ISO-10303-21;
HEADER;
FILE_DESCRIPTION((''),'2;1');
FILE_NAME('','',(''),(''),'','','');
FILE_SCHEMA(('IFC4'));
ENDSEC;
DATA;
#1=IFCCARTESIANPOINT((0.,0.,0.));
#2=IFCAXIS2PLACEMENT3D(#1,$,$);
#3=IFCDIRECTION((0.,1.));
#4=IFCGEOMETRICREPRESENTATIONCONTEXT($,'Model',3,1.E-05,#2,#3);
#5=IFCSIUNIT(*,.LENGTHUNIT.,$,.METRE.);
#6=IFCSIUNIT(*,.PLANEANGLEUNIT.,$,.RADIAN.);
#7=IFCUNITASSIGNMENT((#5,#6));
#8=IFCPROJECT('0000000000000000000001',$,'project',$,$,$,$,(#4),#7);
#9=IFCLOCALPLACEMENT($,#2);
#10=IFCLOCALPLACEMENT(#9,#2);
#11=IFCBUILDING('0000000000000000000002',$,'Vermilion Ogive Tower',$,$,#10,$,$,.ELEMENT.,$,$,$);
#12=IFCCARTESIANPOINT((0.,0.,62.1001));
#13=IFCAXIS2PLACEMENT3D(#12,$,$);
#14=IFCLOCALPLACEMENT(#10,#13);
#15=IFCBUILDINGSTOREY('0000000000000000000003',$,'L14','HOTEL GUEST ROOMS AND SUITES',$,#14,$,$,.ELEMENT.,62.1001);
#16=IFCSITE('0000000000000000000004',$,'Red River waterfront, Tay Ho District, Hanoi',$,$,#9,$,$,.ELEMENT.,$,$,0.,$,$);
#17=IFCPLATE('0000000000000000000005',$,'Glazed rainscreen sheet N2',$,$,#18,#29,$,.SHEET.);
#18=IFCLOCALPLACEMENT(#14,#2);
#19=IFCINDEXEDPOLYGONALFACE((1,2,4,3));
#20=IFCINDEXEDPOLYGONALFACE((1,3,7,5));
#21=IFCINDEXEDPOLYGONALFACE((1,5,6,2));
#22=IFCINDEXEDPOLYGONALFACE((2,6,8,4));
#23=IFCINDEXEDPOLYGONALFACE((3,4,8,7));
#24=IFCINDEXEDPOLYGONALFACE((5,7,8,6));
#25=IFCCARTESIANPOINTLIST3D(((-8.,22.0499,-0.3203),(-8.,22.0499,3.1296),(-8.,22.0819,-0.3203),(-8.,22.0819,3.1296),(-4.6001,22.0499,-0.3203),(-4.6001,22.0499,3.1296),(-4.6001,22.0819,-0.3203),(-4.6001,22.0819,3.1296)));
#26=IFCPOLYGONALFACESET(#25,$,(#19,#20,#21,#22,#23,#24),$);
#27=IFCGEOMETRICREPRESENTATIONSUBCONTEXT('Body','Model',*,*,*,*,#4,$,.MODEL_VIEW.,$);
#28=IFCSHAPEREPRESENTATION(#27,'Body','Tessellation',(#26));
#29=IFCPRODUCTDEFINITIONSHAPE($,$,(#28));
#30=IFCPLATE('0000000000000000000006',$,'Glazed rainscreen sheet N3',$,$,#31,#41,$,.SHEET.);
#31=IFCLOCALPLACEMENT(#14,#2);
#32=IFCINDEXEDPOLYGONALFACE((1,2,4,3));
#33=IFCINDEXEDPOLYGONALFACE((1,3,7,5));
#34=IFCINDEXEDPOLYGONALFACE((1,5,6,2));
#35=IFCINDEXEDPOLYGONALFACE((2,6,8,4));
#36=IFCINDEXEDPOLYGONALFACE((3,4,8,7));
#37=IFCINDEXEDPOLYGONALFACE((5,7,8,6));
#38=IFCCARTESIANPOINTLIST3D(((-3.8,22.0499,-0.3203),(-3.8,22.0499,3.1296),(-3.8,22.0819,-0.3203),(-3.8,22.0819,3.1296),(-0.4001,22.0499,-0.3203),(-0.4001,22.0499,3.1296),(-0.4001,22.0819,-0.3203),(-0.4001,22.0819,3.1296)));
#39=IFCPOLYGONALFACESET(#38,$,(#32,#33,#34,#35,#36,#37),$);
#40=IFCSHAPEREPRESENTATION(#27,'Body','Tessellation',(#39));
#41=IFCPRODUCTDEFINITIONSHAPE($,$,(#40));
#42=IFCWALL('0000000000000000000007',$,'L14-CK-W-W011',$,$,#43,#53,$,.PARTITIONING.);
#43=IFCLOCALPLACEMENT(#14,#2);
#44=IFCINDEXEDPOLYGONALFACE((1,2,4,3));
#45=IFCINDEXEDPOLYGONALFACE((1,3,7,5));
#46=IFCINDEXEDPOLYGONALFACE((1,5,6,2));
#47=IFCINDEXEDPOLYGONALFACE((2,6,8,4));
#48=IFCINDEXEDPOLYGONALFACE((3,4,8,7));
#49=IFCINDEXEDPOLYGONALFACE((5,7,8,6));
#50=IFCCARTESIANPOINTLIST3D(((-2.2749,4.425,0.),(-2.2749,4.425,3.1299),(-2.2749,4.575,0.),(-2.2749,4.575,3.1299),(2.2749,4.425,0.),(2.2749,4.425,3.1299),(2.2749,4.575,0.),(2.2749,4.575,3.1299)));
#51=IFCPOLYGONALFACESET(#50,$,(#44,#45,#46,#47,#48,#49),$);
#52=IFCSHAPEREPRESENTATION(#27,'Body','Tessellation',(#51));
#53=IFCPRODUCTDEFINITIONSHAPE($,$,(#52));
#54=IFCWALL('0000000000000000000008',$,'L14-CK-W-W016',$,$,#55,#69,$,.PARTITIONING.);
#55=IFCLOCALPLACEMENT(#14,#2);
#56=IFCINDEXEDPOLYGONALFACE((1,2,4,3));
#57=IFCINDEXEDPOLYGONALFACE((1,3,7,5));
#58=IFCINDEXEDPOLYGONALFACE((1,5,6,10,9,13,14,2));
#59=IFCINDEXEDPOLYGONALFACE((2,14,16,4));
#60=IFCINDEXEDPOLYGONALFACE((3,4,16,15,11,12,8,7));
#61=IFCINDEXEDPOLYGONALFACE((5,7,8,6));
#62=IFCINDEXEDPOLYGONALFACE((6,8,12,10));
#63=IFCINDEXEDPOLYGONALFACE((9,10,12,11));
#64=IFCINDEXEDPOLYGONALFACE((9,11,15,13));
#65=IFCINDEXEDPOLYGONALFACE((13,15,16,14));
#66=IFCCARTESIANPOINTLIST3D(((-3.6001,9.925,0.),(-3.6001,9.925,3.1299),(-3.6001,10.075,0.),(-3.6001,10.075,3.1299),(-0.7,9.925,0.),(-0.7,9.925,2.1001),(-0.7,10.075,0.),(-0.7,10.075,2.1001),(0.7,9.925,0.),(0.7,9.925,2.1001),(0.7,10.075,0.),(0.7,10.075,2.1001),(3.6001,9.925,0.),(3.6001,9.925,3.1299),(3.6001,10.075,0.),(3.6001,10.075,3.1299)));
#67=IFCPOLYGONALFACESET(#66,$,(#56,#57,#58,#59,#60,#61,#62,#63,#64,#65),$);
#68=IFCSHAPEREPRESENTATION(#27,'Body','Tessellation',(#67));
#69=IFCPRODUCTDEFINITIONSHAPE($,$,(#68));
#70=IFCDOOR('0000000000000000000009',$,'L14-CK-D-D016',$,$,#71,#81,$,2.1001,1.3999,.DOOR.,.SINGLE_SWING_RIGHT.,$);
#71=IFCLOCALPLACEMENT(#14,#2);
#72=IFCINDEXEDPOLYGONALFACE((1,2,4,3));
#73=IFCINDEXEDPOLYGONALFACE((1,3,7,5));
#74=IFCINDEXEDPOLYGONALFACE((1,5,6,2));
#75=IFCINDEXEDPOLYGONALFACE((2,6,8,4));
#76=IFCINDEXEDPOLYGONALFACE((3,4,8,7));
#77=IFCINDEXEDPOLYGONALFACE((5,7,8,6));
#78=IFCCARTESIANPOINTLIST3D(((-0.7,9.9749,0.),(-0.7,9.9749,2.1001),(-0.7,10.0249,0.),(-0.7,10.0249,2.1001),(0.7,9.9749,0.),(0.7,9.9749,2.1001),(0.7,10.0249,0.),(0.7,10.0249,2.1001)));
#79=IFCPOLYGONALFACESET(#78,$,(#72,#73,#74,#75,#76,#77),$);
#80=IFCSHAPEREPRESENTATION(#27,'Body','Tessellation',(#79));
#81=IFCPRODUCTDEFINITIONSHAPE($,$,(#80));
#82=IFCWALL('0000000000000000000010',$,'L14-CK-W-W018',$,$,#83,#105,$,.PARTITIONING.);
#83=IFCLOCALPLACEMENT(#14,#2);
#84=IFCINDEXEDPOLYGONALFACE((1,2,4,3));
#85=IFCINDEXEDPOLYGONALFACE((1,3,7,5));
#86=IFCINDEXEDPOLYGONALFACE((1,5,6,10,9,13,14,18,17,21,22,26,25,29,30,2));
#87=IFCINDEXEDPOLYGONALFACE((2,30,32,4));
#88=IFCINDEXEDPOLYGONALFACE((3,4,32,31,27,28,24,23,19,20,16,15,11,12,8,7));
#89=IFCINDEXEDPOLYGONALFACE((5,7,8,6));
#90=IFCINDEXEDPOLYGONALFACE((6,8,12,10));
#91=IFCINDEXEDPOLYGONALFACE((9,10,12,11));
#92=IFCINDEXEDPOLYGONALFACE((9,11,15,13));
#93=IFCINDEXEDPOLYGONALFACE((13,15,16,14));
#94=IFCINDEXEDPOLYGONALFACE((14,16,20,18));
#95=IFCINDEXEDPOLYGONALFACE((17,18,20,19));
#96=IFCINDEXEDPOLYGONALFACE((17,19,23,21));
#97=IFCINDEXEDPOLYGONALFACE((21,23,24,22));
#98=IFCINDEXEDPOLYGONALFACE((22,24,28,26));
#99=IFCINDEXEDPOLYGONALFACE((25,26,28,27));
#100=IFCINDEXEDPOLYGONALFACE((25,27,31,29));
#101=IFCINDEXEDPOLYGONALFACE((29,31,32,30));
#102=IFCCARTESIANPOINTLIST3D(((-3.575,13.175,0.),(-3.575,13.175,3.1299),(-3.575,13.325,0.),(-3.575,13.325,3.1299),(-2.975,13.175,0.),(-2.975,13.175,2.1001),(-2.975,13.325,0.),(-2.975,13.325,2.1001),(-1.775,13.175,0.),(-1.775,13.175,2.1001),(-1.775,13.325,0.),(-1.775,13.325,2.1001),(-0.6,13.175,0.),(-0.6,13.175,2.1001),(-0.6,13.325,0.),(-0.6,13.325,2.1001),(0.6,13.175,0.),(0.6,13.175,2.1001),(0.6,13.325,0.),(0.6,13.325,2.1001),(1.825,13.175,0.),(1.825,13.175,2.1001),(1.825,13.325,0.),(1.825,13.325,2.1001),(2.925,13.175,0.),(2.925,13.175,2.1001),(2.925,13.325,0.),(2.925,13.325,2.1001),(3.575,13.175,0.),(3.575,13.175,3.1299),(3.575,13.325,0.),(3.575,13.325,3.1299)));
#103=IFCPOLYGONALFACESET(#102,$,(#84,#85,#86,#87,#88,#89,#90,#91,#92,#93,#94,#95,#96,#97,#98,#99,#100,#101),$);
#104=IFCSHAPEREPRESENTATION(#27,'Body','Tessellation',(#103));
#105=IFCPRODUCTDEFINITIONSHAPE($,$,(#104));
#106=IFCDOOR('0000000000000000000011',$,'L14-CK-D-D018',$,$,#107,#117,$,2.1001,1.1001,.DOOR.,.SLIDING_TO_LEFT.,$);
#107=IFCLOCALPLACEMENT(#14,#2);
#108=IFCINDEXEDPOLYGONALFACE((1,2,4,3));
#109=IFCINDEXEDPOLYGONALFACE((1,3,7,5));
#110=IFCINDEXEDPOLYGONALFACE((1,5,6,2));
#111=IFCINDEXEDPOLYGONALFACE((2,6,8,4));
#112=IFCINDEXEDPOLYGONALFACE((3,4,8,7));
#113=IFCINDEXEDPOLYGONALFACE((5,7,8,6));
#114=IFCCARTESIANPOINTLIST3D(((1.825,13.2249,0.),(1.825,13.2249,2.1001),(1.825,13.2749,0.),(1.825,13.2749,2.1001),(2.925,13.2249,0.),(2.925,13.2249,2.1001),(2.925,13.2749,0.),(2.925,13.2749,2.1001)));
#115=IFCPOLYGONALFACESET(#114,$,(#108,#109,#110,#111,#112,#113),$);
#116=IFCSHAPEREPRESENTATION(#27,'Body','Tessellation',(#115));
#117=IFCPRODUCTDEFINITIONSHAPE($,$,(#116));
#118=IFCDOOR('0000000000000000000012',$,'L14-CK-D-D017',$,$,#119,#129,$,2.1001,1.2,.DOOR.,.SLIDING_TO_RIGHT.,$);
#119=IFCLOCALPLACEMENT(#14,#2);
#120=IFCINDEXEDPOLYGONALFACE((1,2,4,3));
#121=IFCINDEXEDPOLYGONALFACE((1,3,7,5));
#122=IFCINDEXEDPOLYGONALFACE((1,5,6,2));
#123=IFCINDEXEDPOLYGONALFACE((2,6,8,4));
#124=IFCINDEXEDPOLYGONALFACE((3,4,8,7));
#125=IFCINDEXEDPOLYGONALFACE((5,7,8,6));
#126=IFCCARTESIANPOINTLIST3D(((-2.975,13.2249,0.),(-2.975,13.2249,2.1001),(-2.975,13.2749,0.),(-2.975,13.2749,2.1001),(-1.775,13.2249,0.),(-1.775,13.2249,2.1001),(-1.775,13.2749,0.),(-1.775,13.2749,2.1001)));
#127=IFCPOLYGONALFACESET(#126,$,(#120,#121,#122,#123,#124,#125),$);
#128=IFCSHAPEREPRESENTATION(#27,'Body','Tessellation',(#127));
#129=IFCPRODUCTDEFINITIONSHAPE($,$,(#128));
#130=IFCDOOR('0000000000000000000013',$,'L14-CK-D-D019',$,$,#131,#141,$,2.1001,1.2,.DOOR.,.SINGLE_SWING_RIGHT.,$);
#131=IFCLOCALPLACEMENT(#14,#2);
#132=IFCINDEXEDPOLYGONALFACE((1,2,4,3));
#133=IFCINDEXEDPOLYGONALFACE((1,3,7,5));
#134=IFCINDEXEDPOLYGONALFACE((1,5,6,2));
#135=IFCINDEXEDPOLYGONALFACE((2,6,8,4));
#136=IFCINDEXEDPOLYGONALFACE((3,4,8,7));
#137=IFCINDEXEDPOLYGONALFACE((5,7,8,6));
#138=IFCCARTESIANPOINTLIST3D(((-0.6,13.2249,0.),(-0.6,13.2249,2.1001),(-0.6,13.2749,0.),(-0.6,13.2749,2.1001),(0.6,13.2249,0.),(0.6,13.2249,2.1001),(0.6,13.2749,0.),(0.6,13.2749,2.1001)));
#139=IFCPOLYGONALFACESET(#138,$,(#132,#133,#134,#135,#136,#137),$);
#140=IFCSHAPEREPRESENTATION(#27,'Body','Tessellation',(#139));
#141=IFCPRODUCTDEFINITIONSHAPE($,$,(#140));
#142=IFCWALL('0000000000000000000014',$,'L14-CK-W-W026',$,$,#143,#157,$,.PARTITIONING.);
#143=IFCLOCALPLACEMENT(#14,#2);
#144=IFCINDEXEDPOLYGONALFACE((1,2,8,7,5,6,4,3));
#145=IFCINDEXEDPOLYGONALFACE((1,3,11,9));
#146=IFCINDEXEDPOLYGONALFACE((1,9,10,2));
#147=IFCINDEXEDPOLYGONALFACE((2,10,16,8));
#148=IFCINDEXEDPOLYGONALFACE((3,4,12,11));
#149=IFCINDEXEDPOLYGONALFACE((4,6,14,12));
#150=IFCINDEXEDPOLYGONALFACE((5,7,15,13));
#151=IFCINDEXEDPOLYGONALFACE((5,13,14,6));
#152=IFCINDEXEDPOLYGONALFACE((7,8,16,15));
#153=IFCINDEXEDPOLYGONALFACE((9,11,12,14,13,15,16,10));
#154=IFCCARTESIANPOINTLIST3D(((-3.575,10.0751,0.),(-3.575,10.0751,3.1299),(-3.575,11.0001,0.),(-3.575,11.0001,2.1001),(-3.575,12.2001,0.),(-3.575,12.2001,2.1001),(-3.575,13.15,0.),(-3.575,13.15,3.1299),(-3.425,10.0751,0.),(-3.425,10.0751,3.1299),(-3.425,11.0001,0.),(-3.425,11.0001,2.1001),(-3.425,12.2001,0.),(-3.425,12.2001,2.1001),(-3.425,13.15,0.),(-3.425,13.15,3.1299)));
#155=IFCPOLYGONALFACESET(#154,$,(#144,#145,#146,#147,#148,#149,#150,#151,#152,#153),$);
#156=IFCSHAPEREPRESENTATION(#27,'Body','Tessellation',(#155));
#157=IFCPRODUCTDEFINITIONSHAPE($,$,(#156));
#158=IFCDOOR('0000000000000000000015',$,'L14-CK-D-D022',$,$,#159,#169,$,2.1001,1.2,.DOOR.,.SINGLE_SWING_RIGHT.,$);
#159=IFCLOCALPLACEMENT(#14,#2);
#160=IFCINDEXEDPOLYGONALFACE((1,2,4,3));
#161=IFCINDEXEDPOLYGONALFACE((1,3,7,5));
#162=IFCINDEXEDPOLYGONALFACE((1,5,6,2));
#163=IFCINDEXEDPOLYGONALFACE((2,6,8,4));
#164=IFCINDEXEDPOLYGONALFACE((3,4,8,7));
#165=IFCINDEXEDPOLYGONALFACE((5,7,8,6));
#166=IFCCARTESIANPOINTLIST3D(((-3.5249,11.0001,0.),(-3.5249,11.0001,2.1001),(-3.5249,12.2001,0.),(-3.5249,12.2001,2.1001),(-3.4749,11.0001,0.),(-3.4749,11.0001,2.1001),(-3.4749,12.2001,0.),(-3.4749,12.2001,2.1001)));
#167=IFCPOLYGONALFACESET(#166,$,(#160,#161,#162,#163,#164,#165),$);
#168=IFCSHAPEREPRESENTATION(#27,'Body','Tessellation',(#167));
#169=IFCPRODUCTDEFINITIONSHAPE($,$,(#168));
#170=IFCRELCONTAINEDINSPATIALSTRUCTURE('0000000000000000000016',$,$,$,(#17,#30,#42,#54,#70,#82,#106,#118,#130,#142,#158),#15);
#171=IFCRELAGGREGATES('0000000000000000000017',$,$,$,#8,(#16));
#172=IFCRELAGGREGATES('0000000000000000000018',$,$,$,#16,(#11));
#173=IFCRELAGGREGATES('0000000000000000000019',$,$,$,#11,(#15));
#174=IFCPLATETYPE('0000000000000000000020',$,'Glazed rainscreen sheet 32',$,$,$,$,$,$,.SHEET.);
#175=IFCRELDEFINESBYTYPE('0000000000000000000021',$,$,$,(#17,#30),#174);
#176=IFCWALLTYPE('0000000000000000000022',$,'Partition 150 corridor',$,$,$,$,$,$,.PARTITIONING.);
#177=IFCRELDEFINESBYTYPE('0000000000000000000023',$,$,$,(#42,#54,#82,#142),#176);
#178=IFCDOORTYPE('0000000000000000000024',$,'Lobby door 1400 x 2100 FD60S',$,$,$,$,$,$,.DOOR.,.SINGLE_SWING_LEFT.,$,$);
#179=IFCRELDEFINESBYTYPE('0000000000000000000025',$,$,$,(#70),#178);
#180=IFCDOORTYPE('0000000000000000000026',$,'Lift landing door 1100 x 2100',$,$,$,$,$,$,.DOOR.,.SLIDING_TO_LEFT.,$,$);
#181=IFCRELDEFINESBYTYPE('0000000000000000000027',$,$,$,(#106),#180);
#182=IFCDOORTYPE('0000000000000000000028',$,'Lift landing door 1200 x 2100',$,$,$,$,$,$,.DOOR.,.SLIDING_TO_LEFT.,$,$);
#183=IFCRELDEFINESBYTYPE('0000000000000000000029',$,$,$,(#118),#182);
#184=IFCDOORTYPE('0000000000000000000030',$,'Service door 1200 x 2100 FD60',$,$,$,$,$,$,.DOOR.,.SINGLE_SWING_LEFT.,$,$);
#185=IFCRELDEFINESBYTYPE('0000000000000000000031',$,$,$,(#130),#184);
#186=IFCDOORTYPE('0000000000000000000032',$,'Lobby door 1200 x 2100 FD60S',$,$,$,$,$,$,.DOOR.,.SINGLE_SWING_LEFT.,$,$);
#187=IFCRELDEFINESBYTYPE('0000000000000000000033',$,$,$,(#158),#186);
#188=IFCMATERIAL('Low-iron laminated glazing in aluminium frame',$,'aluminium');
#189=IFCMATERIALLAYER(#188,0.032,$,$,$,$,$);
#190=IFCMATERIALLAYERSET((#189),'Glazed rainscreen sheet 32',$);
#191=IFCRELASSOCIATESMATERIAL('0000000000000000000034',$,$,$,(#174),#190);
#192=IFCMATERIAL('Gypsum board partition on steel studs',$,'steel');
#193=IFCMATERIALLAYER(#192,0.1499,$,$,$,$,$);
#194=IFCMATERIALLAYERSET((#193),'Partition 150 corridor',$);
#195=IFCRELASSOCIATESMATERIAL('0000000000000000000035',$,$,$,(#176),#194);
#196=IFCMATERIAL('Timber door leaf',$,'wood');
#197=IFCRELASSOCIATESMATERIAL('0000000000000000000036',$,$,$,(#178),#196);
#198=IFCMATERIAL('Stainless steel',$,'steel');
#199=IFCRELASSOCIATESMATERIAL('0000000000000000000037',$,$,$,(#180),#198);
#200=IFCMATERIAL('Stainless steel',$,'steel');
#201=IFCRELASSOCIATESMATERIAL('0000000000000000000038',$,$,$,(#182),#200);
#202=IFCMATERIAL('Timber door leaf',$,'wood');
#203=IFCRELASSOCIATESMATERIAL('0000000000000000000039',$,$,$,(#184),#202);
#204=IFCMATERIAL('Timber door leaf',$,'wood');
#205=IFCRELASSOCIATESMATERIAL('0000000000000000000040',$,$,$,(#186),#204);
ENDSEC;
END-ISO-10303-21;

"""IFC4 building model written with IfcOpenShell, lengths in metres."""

from ifc_helpers import new_model, si_unit, direction, frame, frame_2d, origin, origin_2d, place, context, subcontext, project, spatial, rectangle, extrude, material, layer, layer_set, type_object, element, fill, save


model = new_model("IFC4")

# Units and contexts
model_context = context("Model", 3, precision=1e-05, world=origin(), true_north=direction((0.0, 1.0)))
body_context = subcontext(model_context, "Body", "Model", "MODEL_VIEW")
ifc_project = project(units=[si_unit("LENGTHUNIT", "METRE"), si_unit("PLANEANGLEUNIT", "RADIAN")], contexts=[model_context])

# Site, building, storey
site_placement = place(None, origin())
site = spatial("IfcSite", under=ifc_project, at=site_placement, Name="Red River waterfront, Tay Ho District, Hanoi", CompositionType="ELEMENT", RefElevation=0.0)
building_placement = place(site_placement, origin())
building = spatial("IfcBuilding", under=site, at=building_placement, Name="Vermilion Ogive Tower", CompositionType="ELEMENT")
storey_placement = place(building_placement, frame((0.0, 0.0, 62.1001)))
storey = spatial("IfcBuildingStorey", under=building, at=storey_placement, Name="L14", Description="HOTEL GUEST ROOMS AND SUITES", CompositionType="ELEMENT", Elevation=62.1001)

# Plates
ifc_material_1 = material(Name="Low-iron laminated glazing in aluminium frame", Category="aluminium")
ifc_layer_1 = layer(ifc_material_1, 0.032)
ifc_layer_set_1 = layer_set([ifc_layer_1], Name="Glazed rainscreen sheet 32")
plate_type = type_object("IfcPlateType", Name="Glazed rainscreen sheet 32", PredefinedType="SHEET", material=ifc_layer_set_1)
for number, where, z_axis, x_axis, name in (
    (1, (-6.3, 22.0659, -0.3203), (0.0, 0.0, 1.0), (1.0, 0.0, 0.0), "Glazed rainscreen sheet N2"),
    (2, (-2.1001, 22.0659, -0.3203), (0.0, 0.0, 1.0), (1.0, 0.0, 0.0), "Glazed rainscreen sheet N3"),
):
    element("IfcPlate", number, at=place(storey_placement, frame(where, z_axis=z_axis, x_axis=x_axis)), inside=storey, type_object=plate_type, Name=name, PredefinedType="SHEET", context=body_context, shape_type="SweptSolid", body=[
        extrude(rectangle(XDim=3.3999, YDim=0.032, at=origin_2d()), origin(), (0.0, 0.0, 1.0), 3.45),
    ])

# Wall
ifc_material_2 = material(Name="Gypsum board partition on steel studs", Category="steel")
ifc_layer_2 = layer(ifc_material_2, 0.1499)
ifc_layer_set_2 = layer_set([ifc_layer_2], Name="Partition 150 corridor")
wall_type_1 = type_object("IfcWallType", Name="Partition 150 corridor", PredefinedType="PARTITIONING", material=ifc_layer_set_2)
wall_1_placement = place(storey_placement, frame((-2.2749, 4.5, 0.0), z_axis=(0.0, 0.0, 1.0), x_axis=(1.0, 0.0, 0.0)))
element("IfcWall", 3, at=wall_1_placement, inside=storey, type_object=wall_type_1, Name="L14-CK-W-W011", PredefinedType="PARTITIONING", context=body_context, shape_type="SweptSolid", body=[
    extrude(rectangle(XDim=4.5498, YDim=0.1499, at=frame_2d((2.2749, 0.0))), origin(), (0.0, 0.0, 1.0), 3.1299),
])

# Wall, opening, door
wall_2_placement = place(storey_placement, frame((-3.6001, 10.0, 0.0), z_axis=(0.0, 0.0, 1.0), x_axis=(1.0, 0.0, 0.0)))
wall_2 = element("IfcWall", 4, at=wall_2_placement, inside=storey, type_object=wall_type_1, Name="L14-CK-W-W016", PredefinedType="PARTITIONING", context=body_context, shape_type="SweptSolid", body=[
    extrude(rectangle(XDim=7.2002, YDim=0.1499, at=frame_2d((3.6001, 0.0))), origin(), (0.0, 0.0, 1.0), 3.1299),
])
opening_1_placement = place(wall_2_placement, frame((2.9001, 0.0, 0.0)))
opening_1 = element("IfcOpeningElement", 5, at=opening_1_placement, cuts=wall_2, PredefinedType="OPENING", context=body_context, shape_type="SweptSolid", body=[
    extrude(rectangle(XDim=1.3999, YDim=2.1001, at=frame_2d((0.7, 1.05))), frame((0.0, 0.085, 0.0), z_axis=(0.0, -1.0, 0.0), x_axis=(1.0, 0.0, 0.0)), (0.0, 0.0, 1.0), 0.1699),
])
ifc_material_3 = material(Name="Timber door leaf", Category="wood")
door_type_1 = type_object("IfcDoorType", Name="Lobby door 1400 x 2100 FD60S", OperationType="SINGLE_SWING_LEFT", PredefinedType="DOOR", material=ifc_material_3)
door_1_placement = place(opening_1_placement, origin())
door_1 = element("IfcDoor", 6, at=door_1_placement, inside=storey, type_object=door_type_1, Name="L14-CK-D-D016", OperationType="SINGLE_SWING_RIGHT", OverallHeight=2.1001, OverallWidth=1.3999, PredefinedType="DOOR", context=body_context, shape_type="SweptSolid", body=[
    extrude(rectangle(XDim=1.3999, YDim=2.1001, at=frame_2d((0.7, 1.05))), frame((0.0, 0.0249, 0.0), z_axis=(0.0, -1.0, 0.0), x_axis=(1.0, 0.0, 0.0)), (0.0, 0.0, 1.0), 0.05),
])
fill(opening_1, door_1)

# Wall, openings, doors
wall_3_placement = place(storey_placement, frame((-3.575, 13.25, 0.0), z_axis=(0.0, 0.0, 1.0), x_axis=(1.0, 0.0, 0.0)))
wall_3 = element("IfcWall", 7, at=wall_3_placement, inside=storey, type_object=wall_type_1, Name="L14-CK-W-W018", PredefinedType="PARTITIONING", context=body_context, shape_type="SweptSolid", body=[
    extrude(rectangle(XDim=7.1499, YDim=0.1499, at=frame_2d((3.575, 0.0))), origin(), (0.0, 0.0, 1.0), 3.1299),
])
opening_2_placement = place(wall_3_placement, frame((0.5999, 0.0, 0.0)))
opening_2 = element("IfcOpeningElement", 8, at=opening_2_placement, cuts=wall_3, PredefinedType="OPENING", context=body_context, shape_type="SweptSolid", body=[
    extrude(rectangle(XDim=1.2, YDim=2.1001, at=frame_2d((0.6001, 1.05))), frame((0.0, 0.085, 0.0), z_axis=(0.0, -1.0, 0.0), x_axis=(1.0, 0.0, 0.0)), (0.0, 0.0, 1.0), 0.1699),
])
opening_3_placement = place(wall_3_placement, frame((5.3999, 0.0, 0.0)))
opening_3 = element("IfcOpeningElement", 9, at=opening_3_placement, cuts=wall_3, PredefinedType="OPENING", context=body_context, shape_type="SweptSolid", body=[
    extrude(rectangle(XDim=1.1001, YDim=2.1001, at=frame_2d((0.55, 1.05))), frame((0.0, 0.085, 0.0), z_axis=(0.0, -1.0, 0.0), x_axis=(1.0, 0.0, 0.0)), (0.0, 0.0, 1.0), 0.1699),
])
opening_4_placement = place(wall_3_placement, frame((2.9749, 0.0, 0.0)))
opening_4 = element("IfcOpeningElement", 10, at=opening_4_placement, cuts=wall_3, PredefinedType="OPENING", context=body_context, shape_type="SweptSolid", body=[
    extrude(rectangle(XDim=1.2, YDim=2.1001, at=frame_2d((0.6001, 1.05))), frame((0.0, 0.085, 0.0), z_axis=(0.0, -1.0, 0.0), x_axis=(1.0, 0.0, 0.0)), (0.0, 0.0, 1.0), 0.1699),
])
ifc_material_4 = material(Name="Stainless steel", Category="steel")
door_type_2 = type_object("IfcDoorType", Name="Lift landing door 1100 x 2100", OperationType="SLIDING_TO_LEFT", PredefinedType="DOOR", material=ifc_material_4)
door_2_placement = place(opening_3_placement, origin())
door_2 = element("IfcDoor", 11, at=door_2_placement, inside=storey, type_object=door_type_2, Name="L14-CK-D-D018", OperationType="SLIDING_TO_LEFT", OverallHeight=2.1001, OverallWidth=1.1001, PredefinedType="DOOR", context=body_context, shape_type="SweptSolid", body=[
    extrude(rectangle(XDim=1.1001, YDim=2.1001, at=frame_2d((0.55, 1.05))), frame((0.0, 0.0249, 0.0), z_axis=(0.0, -1.0, 0.0), x_axis=(1.0, 0.0, 0.0)), (0.0, 0.0, 1.0), 0.05),
])
fill(opening_3, door_2)
ifc_material_5 = material(Name="Stainless steel", Category="steel")
door_type_3 = type_object("IfcDoorType", Name="Lift landing door 1200 x 2100", OperationType="SLIDING_TO_LEFT", PredefinedType="DOOR", material=ifc_material_5)
door_3_placement = place(opening_2_placement, origin())
door_3 = element("IfcDoor", 12, at=door_3_placement, inside=storey, type_object=door_type_3, Name="L14-CK-D-D017", OperationType="SLIDING_TO_RIGHT", OverallHeight=2.1001, OverallWidth=1.2, PredefinedType="DOOR", context=body_context, shape_type="SweptSolid", body=[
    extrude(rectangle(XDim=1.2, YDim=2.1001, at=frame_2d((0.6001, 1.05))), frame((0.0, 0.0249, 0.0), z_axis=(0.0, -1.0, 0.0), x_axis=(1.0, 0.0, 0.0)), (0.0, 0.0, 1.0), 0.05),
])
fill(opening_2, door_3)
ifc_material_6 = material(Name="Timber door leaf", Category="wood")
door_type_4 = type_object("IfcDoorType", Name="Service door 1200 x 2100 FD60", OperationType="SINGLE_SWING_LEFT", PredefinedType="DOOR", material=ifc_material_6)
door_4_placement = place(opening_4_placement, origin())
door_4 = element("IfcDoor", 13, at=door_4_placement, inside=storey, type_object=door_type_4, Name="L14-CK-D-D019", OperationType="SINGLE_SWING_RIGHT", OverallHeight=2.1001, OverallWidth=1.2, PredefinedType="DOOR", context=body_context, shape_type="SweptSolid", body=[
    extrude(rectangle(XDim=1.2, YDim=2.1001, at=frame_2d((0.6001, 1.05))), frame((0.0, 0.0249, 0.0), z_axis=(0.0, -1.0, 0.0), x_axis=(1.0, 0.0, 0.0)), (0.0, 0.0, 1.0), 0.05),
])
fill(opening_4, door_4)

# Wall, opening, door
wall_4_placement = place(storey_placement, frame((-3.5, 10.075, 0.0), z_axis=(0.0, 0.0, 1.0), x_axis=(0.0, 1.0, 0.0)))
wall_4 = element("IfcWall", 14, at=wall_4_placement, inside=storey, type_object=wall_type_1, Name="L14-CK-W-W026", PredefinedType="PARTITIONING", context=body_context, shape_type="SweptSolid", body=[
    extrude(rectangle(XDim=3.075, YDim=0.1499, at=frame_2d((1.5376, 0.0))), origin(), (0.0, 0.0, 1.0), 3.1299),
])
opening_5_placement = place(wall_4_placement, frame((0.925, 0.0, 0.0)))
opening_5 = element("IfcOpeningElement", 15, at=opening_5_placement, cuts=wall_4, PredefinedType="OPENING", context=body_context, shape_type="SweptSolid", body=[
    extrude(rectangle(XDim=1.2, YDim=2.1001, at=frame_2d((0.6001, 1.05))), frame((0.0, 0.085, 0.0), z_axis=(0.0, -1.0, 0.0), x_axis=(1.0, 0.0, 0.0)), (0.0, 0.0, 1.0), 0.1699),
])
ifc_material_7 = material(Name="Timber door leaf", Category="wood")
door_type_5 = type_object("IfcDoorType", Name="Lobby door 1200 x 2100 FD60S", OperationType="SINGLE_SWING_LEFT", PredefinedType="DOOR", material=ifc_material_7)
door_5_placement = place(opening_5_placement, origin())
door_5 = element("IfcDoor", 16, at=door_5_placement, inside=storey, type_object=door_type_5, Name="L14-CK-D-D022", OperationType="SINGLE_SWING_RIGHT", OverallHeight=2.1001, OverallWidth=1.2, PredefinedType="DOOR", context=body_context, shape_type="SweptSolid", body=[
    extrude(rectangle(XDim=1.2, YDim=2.1001, at=frame_2d((0.6001, 1.05))), frame((0.0, 0.0249, 0.0), z_axis=(0.0, -1.0, 0.0), x_axis=(1.0, 0.0, 0.0)), (0.0, 0.0, 1.0), 0.05),
])
fill(opening_5, door_5)

save(model, "model.ifc")
